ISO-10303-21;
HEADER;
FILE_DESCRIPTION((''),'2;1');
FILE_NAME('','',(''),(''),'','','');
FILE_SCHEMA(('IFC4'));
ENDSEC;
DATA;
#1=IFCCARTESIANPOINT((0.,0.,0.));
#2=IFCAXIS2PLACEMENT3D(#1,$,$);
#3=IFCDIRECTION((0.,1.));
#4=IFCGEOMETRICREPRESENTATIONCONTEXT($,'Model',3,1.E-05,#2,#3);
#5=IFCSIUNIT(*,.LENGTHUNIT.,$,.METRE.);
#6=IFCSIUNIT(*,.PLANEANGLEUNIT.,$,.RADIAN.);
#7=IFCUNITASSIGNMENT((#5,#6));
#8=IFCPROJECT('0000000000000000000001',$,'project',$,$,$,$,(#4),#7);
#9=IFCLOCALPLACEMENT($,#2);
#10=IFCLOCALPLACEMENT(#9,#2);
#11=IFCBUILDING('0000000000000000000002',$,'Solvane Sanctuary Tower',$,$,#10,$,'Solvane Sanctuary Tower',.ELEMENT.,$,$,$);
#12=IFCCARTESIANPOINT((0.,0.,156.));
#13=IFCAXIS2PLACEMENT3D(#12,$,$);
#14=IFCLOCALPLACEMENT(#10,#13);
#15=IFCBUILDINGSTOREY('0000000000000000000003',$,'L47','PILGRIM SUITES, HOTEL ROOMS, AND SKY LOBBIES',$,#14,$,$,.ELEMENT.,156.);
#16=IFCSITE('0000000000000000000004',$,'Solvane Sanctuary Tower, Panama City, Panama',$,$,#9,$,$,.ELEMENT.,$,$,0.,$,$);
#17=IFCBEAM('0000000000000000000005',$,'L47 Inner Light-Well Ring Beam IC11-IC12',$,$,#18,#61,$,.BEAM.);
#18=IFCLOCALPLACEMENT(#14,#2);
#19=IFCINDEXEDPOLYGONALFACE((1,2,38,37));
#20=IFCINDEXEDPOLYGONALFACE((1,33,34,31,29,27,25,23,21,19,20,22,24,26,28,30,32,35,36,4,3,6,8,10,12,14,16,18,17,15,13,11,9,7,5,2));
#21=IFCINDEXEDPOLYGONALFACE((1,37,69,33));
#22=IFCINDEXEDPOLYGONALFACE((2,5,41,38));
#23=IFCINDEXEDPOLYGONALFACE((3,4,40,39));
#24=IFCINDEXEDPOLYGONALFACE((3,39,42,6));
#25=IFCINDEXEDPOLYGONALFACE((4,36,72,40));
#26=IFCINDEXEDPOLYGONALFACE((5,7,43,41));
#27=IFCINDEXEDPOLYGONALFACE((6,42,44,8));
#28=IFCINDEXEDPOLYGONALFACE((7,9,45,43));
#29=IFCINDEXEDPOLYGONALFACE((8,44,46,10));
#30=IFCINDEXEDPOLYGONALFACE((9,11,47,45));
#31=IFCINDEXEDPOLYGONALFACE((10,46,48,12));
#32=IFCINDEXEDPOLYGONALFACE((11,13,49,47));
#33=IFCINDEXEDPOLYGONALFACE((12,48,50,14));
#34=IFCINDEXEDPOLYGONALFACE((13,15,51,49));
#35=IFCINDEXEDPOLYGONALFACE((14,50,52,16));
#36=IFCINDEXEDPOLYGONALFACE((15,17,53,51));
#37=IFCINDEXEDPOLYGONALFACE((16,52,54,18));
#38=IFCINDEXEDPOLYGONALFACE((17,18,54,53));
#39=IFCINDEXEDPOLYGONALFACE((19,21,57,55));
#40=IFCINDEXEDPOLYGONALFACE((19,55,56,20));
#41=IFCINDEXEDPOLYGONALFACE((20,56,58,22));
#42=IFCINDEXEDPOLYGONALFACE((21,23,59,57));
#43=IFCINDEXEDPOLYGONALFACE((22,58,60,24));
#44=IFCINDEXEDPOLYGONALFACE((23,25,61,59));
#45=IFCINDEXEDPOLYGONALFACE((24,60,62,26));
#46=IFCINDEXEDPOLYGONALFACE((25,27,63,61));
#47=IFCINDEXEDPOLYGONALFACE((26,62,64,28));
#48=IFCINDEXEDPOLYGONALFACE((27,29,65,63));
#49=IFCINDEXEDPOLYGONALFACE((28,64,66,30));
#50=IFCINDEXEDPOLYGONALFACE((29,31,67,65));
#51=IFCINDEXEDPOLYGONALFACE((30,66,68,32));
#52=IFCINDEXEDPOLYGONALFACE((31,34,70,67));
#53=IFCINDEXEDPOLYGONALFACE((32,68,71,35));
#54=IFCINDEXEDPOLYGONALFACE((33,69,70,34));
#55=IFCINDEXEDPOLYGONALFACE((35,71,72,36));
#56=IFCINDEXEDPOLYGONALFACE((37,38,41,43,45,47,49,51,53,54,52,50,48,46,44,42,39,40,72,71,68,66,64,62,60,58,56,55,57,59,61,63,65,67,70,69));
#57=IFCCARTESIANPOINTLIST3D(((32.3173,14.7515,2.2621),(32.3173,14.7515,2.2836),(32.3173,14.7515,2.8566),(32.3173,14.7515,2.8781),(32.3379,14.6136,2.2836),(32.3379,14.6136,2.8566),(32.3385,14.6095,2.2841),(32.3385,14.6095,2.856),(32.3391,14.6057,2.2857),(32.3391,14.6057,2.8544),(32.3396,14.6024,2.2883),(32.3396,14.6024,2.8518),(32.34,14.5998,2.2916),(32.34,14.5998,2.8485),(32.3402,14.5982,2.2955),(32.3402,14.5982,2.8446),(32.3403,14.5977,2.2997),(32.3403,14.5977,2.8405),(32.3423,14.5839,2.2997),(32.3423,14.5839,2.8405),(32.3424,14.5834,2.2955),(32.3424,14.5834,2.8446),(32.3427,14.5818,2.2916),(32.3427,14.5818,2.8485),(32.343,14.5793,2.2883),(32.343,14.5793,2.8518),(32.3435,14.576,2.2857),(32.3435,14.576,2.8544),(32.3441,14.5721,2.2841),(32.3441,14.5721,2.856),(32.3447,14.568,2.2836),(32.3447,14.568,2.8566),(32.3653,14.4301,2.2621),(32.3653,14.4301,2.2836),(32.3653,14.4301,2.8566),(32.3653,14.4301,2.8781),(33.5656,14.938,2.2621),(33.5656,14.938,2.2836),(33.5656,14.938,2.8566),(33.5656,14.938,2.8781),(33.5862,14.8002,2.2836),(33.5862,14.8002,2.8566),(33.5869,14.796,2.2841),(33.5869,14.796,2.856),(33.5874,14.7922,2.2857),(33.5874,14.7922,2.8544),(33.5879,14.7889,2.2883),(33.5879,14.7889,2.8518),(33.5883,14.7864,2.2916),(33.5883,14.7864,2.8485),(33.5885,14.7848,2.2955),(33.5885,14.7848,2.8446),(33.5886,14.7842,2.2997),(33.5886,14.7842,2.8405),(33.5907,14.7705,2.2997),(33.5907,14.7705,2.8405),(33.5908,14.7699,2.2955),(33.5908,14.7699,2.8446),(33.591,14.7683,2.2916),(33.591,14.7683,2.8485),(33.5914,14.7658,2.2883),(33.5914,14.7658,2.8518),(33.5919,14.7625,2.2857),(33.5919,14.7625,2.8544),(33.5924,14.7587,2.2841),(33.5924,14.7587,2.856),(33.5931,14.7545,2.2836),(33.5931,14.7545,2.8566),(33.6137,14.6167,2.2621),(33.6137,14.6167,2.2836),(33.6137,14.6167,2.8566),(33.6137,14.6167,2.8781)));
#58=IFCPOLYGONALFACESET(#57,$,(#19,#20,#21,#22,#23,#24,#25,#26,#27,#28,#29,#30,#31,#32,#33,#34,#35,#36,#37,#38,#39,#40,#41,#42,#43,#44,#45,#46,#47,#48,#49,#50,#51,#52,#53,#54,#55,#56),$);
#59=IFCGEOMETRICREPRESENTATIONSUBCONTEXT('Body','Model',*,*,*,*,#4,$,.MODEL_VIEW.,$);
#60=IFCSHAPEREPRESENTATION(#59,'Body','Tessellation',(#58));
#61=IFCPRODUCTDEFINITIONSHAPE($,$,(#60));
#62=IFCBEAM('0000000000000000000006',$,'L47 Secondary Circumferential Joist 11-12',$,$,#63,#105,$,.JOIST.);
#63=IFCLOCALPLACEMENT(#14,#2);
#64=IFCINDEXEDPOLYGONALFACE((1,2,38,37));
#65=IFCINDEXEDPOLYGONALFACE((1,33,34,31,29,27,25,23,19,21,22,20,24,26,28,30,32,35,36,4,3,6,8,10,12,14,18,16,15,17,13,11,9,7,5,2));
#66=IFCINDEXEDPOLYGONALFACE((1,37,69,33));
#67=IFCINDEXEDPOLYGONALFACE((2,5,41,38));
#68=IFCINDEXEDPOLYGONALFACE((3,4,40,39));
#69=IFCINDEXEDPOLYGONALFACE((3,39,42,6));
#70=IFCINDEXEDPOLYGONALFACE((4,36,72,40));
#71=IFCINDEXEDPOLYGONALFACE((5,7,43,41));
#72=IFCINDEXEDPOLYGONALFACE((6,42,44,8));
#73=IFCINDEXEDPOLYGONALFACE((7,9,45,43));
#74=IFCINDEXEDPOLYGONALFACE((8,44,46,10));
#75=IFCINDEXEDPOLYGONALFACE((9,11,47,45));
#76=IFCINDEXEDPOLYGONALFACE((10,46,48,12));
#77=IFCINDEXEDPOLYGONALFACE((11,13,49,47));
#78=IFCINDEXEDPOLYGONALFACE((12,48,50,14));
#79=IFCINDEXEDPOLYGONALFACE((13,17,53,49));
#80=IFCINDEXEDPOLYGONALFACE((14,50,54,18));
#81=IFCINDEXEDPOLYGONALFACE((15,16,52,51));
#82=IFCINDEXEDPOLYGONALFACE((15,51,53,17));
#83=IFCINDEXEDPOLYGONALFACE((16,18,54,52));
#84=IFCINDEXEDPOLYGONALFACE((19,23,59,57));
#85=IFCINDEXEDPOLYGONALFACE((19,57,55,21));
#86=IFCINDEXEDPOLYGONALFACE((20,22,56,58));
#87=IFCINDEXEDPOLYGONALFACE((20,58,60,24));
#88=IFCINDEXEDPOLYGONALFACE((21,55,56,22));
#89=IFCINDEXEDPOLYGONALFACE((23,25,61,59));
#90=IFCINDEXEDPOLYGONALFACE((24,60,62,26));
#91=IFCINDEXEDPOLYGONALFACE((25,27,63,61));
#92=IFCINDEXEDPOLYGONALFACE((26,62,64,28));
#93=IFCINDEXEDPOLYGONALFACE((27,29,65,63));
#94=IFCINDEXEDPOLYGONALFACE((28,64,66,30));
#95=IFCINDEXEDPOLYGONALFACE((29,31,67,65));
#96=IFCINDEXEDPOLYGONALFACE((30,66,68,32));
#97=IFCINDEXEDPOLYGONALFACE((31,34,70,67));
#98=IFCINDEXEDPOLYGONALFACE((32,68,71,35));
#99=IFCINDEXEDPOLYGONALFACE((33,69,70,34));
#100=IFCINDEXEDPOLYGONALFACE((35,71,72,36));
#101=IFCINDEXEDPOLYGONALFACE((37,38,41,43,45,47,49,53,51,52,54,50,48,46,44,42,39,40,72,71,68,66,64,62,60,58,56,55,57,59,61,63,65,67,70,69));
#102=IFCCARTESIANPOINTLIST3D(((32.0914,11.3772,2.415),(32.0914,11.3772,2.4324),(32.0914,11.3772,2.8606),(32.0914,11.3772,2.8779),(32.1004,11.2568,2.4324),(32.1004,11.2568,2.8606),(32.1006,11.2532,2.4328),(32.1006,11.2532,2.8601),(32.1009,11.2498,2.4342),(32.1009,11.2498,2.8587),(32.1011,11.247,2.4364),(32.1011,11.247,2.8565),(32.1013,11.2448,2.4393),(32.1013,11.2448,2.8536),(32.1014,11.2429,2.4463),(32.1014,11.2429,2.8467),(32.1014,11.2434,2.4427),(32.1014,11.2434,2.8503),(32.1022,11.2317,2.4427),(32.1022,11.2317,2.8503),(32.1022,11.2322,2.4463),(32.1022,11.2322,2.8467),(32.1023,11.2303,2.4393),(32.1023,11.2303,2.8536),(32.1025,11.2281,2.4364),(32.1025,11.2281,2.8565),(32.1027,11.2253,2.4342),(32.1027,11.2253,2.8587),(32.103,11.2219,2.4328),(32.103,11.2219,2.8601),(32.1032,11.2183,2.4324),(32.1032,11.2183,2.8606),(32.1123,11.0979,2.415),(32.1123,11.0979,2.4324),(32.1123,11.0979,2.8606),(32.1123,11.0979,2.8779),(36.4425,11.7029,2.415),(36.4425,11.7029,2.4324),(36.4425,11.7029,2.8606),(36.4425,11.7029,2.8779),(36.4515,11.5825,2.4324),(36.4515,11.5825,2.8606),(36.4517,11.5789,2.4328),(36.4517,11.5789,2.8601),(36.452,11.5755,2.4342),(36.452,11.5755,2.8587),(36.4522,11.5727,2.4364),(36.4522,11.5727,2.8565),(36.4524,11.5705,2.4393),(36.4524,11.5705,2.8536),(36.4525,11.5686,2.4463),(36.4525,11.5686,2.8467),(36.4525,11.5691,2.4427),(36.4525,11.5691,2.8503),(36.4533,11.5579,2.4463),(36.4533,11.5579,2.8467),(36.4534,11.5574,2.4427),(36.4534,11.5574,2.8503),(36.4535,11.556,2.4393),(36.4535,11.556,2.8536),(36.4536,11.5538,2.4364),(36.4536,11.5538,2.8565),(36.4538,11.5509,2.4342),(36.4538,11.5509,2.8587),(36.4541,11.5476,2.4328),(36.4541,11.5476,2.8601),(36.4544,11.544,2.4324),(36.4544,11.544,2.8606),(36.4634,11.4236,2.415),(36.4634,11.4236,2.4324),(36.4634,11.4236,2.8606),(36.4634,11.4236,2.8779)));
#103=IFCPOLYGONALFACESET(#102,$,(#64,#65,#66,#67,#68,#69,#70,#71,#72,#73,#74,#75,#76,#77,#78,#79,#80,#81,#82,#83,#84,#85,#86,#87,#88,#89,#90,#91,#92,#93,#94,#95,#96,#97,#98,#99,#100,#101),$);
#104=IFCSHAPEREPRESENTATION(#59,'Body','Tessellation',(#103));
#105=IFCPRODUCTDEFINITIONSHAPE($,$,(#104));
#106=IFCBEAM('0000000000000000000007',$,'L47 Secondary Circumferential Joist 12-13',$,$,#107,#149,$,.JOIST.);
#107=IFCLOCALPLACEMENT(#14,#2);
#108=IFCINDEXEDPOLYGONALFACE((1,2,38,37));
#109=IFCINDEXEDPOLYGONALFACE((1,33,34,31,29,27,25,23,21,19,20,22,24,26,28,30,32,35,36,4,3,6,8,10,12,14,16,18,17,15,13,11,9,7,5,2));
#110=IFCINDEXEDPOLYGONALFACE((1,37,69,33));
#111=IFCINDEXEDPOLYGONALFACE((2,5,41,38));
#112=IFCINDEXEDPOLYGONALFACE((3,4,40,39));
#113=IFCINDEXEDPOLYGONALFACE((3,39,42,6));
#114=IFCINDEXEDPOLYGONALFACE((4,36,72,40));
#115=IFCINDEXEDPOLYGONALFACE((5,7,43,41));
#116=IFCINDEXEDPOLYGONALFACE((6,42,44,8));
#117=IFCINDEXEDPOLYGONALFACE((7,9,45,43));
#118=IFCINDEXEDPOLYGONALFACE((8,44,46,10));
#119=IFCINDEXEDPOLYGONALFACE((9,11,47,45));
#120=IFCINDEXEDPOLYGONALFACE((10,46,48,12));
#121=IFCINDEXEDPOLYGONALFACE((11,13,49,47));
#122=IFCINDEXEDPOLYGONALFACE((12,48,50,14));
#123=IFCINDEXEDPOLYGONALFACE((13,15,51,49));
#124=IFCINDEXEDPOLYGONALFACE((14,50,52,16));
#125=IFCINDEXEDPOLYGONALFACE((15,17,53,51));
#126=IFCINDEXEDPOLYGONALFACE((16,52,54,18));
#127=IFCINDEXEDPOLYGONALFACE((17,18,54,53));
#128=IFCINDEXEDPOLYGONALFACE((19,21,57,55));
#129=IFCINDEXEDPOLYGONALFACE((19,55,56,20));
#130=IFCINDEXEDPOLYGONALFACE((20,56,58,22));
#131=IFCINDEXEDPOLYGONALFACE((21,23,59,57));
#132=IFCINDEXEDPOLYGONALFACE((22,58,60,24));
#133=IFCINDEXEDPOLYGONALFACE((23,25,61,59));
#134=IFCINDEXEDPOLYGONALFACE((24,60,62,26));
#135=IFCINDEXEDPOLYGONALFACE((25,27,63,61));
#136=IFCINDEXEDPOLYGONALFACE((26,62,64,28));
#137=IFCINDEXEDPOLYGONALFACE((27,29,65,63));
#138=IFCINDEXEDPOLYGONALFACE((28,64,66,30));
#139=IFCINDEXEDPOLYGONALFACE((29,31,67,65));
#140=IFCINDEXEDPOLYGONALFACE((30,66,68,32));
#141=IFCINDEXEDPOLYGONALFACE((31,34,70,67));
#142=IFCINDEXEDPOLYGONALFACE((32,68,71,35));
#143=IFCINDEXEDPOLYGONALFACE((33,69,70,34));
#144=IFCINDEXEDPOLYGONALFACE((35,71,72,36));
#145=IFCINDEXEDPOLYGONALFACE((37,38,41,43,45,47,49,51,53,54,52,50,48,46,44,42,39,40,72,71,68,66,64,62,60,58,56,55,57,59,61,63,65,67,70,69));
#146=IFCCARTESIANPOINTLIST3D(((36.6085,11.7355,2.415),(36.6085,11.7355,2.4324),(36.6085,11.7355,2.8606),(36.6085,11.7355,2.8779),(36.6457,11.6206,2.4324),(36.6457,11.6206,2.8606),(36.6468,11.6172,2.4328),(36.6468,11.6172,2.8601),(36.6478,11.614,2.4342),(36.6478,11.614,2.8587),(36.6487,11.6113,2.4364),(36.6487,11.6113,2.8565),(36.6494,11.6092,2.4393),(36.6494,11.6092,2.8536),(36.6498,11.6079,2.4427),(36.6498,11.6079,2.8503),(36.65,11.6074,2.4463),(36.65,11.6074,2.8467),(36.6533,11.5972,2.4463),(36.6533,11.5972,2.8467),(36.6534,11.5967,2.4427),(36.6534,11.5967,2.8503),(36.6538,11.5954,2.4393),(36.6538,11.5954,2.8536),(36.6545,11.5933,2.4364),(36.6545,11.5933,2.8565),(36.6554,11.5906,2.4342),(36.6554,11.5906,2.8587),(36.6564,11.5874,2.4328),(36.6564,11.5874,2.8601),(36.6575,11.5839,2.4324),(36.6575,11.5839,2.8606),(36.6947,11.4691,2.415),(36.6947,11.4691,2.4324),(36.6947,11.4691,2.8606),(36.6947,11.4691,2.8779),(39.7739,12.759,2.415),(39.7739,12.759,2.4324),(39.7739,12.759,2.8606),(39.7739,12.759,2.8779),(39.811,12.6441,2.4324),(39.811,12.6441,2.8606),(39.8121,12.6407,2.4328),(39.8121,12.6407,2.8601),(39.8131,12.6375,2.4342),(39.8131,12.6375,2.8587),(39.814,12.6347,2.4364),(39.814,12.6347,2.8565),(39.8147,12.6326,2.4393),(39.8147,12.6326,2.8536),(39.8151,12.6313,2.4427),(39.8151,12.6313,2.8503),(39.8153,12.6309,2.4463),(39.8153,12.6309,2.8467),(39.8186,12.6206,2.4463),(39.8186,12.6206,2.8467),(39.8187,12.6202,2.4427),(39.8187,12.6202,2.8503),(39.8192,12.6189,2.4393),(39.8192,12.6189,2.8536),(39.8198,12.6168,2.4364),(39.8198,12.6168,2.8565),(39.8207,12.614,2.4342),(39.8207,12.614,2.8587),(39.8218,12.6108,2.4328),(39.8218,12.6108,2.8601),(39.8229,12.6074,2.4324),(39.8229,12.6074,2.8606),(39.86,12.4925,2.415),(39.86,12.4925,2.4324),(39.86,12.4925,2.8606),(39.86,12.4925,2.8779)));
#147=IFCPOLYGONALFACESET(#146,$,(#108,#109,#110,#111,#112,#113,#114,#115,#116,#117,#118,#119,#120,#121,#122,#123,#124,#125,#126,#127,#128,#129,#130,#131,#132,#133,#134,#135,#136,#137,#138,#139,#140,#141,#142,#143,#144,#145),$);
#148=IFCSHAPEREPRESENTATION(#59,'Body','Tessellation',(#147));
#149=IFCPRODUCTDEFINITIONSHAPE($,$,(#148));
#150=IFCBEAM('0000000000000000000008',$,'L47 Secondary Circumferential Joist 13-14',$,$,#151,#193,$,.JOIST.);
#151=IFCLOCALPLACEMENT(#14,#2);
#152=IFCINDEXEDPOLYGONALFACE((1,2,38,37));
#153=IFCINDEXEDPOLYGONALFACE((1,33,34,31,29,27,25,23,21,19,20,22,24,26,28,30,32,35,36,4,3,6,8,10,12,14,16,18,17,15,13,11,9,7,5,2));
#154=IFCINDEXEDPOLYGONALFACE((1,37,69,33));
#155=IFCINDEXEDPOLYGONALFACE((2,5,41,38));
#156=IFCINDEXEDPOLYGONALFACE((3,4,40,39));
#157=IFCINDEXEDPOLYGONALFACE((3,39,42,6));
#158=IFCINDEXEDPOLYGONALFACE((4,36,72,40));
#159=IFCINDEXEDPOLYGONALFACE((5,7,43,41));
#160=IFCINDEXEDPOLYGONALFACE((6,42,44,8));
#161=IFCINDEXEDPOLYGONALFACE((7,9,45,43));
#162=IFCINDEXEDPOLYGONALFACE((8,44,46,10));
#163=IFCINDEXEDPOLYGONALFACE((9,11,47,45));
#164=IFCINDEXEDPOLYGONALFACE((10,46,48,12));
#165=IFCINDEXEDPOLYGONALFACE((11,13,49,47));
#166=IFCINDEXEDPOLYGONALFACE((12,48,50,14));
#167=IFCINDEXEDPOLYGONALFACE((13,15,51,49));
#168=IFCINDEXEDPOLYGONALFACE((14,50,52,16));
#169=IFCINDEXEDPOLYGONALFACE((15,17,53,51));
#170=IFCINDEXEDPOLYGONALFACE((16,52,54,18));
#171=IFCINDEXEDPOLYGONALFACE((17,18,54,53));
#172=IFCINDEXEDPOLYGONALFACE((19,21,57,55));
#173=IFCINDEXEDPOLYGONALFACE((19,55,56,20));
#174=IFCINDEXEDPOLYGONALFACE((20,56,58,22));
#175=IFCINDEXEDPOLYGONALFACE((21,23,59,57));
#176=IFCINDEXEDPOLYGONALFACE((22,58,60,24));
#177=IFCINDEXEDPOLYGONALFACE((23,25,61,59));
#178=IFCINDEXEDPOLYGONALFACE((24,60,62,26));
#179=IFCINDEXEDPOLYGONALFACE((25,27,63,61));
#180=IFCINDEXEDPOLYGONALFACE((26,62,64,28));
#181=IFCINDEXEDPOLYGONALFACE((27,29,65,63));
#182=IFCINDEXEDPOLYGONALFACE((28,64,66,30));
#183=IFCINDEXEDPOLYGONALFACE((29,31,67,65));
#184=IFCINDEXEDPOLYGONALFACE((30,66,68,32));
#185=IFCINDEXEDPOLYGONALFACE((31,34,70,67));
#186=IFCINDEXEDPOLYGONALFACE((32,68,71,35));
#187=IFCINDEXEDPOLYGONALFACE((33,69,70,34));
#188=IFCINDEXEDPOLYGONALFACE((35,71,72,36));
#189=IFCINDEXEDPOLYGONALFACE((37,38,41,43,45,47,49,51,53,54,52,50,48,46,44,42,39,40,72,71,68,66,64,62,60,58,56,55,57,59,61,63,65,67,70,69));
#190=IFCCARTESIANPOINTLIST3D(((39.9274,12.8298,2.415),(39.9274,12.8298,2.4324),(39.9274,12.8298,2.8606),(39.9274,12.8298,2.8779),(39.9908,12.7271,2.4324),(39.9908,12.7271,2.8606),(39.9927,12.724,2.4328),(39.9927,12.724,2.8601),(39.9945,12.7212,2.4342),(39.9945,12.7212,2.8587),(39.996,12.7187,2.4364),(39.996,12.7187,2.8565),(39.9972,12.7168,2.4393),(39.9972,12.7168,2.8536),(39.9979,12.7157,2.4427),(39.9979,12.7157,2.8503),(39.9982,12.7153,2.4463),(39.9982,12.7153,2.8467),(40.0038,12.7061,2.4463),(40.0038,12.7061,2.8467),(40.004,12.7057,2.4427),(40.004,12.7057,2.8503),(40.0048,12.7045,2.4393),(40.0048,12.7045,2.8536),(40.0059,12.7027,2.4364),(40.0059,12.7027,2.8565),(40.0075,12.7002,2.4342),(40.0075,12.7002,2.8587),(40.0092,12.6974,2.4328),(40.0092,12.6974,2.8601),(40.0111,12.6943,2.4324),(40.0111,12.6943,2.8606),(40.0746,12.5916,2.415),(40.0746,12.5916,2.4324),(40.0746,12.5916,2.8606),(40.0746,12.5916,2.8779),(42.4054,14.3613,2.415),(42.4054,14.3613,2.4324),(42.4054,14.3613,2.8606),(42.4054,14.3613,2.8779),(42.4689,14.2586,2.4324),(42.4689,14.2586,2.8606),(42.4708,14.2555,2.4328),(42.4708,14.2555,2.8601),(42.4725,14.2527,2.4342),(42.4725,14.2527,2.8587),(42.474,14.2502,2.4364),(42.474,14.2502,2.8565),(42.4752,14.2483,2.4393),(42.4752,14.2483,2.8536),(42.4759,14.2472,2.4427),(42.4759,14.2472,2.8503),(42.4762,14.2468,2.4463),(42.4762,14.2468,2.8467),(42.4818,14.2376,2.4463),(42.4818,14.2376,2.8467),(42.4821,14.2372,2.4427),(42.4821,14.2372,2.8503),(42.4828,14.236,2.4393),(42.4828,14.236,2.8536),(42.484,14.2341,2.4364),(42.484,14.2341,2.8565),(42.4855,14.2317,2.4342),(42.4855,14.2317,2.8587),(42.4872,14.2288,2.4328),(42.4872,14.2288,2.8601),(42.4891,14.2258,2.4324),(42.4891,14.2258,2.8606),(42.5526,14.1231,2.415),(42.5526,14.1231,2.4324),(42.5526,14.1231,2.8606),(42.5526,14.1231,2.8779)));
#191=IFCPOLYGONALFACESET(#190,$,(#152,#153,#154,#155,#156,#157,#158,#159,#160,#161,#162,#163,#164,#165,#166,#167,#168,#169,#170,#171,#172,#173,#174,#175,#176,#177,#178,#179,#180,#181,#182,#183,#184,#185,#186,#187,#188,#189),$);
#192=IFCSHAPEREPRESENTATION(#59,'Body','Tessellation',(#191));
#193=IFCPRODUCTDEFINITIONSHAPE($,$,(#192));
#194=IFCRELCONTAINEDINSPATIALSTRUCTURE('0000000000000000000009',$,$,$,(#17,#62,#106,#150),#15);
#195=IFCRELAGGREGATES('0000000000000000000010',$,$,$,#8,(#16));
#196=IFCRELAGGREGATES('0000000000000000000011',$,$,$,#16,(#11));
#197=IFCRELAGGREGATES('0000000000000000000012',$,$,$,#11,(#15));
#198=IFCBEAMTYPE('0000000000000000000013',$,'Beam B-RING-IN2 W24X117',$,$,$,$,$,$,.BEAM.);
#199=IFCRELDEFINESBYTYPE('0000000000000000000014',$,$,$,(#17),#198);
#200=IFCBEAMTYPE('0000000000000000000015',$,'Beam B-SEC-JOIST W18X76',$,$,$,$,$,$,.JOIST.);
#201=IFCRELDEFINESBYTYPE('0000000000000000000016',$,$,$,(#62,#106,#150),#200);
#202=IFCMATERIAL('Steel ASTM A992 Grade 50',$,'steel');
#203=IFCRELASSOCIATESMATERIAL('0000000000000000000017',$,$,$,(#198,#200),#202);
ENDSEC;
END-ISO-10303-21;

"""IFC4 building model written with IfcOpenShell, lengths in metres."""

from ifc_helpers import new_model, si_unit, direction, frame, origin, origin_2d, place, context, subcontext, project, spatial, i_section, extrude, material, material_profile, profile_set, type_object, element, save


model = new_model("IFC4")

# Units and contexts
model_context = context("Model", 3, precision=1e-05, world=origin(), true_north=direction((0.0, 1.0)))
body_context = subcontext(model_context, "Body", "Model", "MODEL_VIEW")
ifc_project = project(units=[si_unit("LENGTHUNIT", "METRE"), si_unit("PLANEANGLEUNIT", "RADIAN")], contexts=[model_context])

# Site, building, storey
site_placement = place(None, origin())
site = spatial("IfcSite", under=ifc_project, at=site_placement, Name="Solvane Sanctuary Tower, Panama City, Panama", CompositionType="ELEMENT", RefElevation=0.0)
building_placement = place(site_placement, origin())
building = spatial("IfcBuilding", under=site, at=building_placement, Name="Solvane Sanctuary Tower", LongName="Solvane Sanctuary Tower", CompositionType="ELEMENT")
storey_placement = place(building_placement, frame((0.0, 0.0, 156.0)))
storey = spatial("IfcBuildingStorey", under=building, at=storey_placement, Name="L47", Description="PILGRIM SUITES, HOTEL ROOMS, AND SKY LOBBIES", CompositionType="ELEMENT", Elevation=156.0)

# Beams
ifc_material_1 = material(Name="Steel ASTM A992 Grade 50", Category="steel")
ifc_material_profile_1 = material_profile(ifc_material_1, i_section(OverallWidth=0.325, OverallDepth=0.616, WebThickness=0.0139, FlangeThickness=0.0215, FilletRadius=0.0161, at=origin_2d()), Name="W24X117")
ifc_profile_set_1 = profile_set([ifc_material_profile_1], Name="Steel ASTM A992 Grade 50")
beam_type_1 = type_object("IfcBeamType", Name="Beam B-RING-IN2 W24X117", PredefinedType="BEAM", material=ifc_profile_set_1)
beam_1_placement = place(storey_placement, frame((32.3413, 14.5908, 2.5701), z_axis=(0.98902, 0.147782, 0.0), x_axis=(-0.147782, 0.98902, 0.0)))
element("IfcBeam", 1, at=beam_1_placement, inside=storey, type_object=beam_type_1, Name="L47 Inner Light-Well Ring Beam IC11-IC12", PredefinedType="BEAM", context=body_context, shape_type="SweptSolid", body=[
    extrude(i_section(OverallWidth=0.325, OverallDepth=0.616, WebThickness=0.0139, FlangeThickness=0.0215, FilletRadius=0.0161, at=origin_2d()), origin(), (0.0, 0.0, 1.0), 1.2622),
])
ifc_material_profile_2 = material_profile(ifc_material_1, i_section(OverallWidth=0.28, OverallDepth=0.4629, WebThickness=0.0107, FlangeThickness=0.0173, FilletRadius=0.0139, at=origin_2d()), Name="W18X76")
ifc_profile_set_2 = profile_set([ifc_material_profile_2], Name="Steel ASTM A992 Grade 50")
beam_type_2 = type_object("IfcBeamType", Name="Beam B-SEC-JOIST W18X76", PredefinedType="JOIST", material=ifc_profile_set_2)
beam_2_placement = place(storey_placement, frame((32.1018, 11.2375, 2.6465), z_axis=(0.99721, 0.074642, 0.0), x_axis=(-0.074642, 0.99721, 0.0)))
element("IfcBeam", 2, at=beam_2_placement, inside=storey, type_object=beam_type_2, Name="L47 Secondary Circumferential Joist 11-12", PredefinedType="JOIST", context=body_context, shape_type="SweptSolid", body=[
    extrude(i_section(OverallWidth=0.28, OverallDepth=0.4629, WebThickness=0.0107, FlangeThickness=0.0173, FilletRadius=0.0139, at=origin_2d()), origin(), (0.0, 0.0, 1.0), 4.3633),
])
beam_3_placement = place(storey_placement, frame((36.6516, 11.6023, 2.6465), z_axis=(0.9515, 0.30765, 0.0), x_axis=(-0.30765, 0.9515, 0.0)))
element("IfcBeam", 3, at=beam_3_placement, inside=storey, type_object=beam_type_2, Name="L47 Secondary Circumferential Joist 12-13", PredefinedType="JOIST", context=body_context, shape_type="SweptSolid", body=[
    extrude(i_section(OverallWidth=0.28, OverallDepth=0.4629, WebThickness=0.0107, FlangeThickness=0.0173, FilletRadius=0.0139, at=origin_2d()), origin(), (0.0, 0.0, 1.0), 3.3267),
])
beam_4_placement = place(storey_placement, frame((40.001, 12.7107, 2.6465), z_axis=(0.850652, 0.525728, 0.0), x_axis=(-0.525728, 0.850652, 0.0)))
element("IfcBeam", 4, at=beam_4_placement, inside=storey, type_object=beam_type_2, Name="L47 Secondary Circumferential Joist 13-14", PredefinedType="JOIST", context=body_context, shape_type="SweptSolid", body=[
    extrude(i_section(OverallWidth=0.28, OverallDepth=0.4629, WebThickness=0.0107, FlangeThickness=0.0173, FilletRadius=0.0139, at=origin_2d()), origin(), (0.0, 0.0, 1.0), 2.9131),
])

save(model, "model.ifc")
